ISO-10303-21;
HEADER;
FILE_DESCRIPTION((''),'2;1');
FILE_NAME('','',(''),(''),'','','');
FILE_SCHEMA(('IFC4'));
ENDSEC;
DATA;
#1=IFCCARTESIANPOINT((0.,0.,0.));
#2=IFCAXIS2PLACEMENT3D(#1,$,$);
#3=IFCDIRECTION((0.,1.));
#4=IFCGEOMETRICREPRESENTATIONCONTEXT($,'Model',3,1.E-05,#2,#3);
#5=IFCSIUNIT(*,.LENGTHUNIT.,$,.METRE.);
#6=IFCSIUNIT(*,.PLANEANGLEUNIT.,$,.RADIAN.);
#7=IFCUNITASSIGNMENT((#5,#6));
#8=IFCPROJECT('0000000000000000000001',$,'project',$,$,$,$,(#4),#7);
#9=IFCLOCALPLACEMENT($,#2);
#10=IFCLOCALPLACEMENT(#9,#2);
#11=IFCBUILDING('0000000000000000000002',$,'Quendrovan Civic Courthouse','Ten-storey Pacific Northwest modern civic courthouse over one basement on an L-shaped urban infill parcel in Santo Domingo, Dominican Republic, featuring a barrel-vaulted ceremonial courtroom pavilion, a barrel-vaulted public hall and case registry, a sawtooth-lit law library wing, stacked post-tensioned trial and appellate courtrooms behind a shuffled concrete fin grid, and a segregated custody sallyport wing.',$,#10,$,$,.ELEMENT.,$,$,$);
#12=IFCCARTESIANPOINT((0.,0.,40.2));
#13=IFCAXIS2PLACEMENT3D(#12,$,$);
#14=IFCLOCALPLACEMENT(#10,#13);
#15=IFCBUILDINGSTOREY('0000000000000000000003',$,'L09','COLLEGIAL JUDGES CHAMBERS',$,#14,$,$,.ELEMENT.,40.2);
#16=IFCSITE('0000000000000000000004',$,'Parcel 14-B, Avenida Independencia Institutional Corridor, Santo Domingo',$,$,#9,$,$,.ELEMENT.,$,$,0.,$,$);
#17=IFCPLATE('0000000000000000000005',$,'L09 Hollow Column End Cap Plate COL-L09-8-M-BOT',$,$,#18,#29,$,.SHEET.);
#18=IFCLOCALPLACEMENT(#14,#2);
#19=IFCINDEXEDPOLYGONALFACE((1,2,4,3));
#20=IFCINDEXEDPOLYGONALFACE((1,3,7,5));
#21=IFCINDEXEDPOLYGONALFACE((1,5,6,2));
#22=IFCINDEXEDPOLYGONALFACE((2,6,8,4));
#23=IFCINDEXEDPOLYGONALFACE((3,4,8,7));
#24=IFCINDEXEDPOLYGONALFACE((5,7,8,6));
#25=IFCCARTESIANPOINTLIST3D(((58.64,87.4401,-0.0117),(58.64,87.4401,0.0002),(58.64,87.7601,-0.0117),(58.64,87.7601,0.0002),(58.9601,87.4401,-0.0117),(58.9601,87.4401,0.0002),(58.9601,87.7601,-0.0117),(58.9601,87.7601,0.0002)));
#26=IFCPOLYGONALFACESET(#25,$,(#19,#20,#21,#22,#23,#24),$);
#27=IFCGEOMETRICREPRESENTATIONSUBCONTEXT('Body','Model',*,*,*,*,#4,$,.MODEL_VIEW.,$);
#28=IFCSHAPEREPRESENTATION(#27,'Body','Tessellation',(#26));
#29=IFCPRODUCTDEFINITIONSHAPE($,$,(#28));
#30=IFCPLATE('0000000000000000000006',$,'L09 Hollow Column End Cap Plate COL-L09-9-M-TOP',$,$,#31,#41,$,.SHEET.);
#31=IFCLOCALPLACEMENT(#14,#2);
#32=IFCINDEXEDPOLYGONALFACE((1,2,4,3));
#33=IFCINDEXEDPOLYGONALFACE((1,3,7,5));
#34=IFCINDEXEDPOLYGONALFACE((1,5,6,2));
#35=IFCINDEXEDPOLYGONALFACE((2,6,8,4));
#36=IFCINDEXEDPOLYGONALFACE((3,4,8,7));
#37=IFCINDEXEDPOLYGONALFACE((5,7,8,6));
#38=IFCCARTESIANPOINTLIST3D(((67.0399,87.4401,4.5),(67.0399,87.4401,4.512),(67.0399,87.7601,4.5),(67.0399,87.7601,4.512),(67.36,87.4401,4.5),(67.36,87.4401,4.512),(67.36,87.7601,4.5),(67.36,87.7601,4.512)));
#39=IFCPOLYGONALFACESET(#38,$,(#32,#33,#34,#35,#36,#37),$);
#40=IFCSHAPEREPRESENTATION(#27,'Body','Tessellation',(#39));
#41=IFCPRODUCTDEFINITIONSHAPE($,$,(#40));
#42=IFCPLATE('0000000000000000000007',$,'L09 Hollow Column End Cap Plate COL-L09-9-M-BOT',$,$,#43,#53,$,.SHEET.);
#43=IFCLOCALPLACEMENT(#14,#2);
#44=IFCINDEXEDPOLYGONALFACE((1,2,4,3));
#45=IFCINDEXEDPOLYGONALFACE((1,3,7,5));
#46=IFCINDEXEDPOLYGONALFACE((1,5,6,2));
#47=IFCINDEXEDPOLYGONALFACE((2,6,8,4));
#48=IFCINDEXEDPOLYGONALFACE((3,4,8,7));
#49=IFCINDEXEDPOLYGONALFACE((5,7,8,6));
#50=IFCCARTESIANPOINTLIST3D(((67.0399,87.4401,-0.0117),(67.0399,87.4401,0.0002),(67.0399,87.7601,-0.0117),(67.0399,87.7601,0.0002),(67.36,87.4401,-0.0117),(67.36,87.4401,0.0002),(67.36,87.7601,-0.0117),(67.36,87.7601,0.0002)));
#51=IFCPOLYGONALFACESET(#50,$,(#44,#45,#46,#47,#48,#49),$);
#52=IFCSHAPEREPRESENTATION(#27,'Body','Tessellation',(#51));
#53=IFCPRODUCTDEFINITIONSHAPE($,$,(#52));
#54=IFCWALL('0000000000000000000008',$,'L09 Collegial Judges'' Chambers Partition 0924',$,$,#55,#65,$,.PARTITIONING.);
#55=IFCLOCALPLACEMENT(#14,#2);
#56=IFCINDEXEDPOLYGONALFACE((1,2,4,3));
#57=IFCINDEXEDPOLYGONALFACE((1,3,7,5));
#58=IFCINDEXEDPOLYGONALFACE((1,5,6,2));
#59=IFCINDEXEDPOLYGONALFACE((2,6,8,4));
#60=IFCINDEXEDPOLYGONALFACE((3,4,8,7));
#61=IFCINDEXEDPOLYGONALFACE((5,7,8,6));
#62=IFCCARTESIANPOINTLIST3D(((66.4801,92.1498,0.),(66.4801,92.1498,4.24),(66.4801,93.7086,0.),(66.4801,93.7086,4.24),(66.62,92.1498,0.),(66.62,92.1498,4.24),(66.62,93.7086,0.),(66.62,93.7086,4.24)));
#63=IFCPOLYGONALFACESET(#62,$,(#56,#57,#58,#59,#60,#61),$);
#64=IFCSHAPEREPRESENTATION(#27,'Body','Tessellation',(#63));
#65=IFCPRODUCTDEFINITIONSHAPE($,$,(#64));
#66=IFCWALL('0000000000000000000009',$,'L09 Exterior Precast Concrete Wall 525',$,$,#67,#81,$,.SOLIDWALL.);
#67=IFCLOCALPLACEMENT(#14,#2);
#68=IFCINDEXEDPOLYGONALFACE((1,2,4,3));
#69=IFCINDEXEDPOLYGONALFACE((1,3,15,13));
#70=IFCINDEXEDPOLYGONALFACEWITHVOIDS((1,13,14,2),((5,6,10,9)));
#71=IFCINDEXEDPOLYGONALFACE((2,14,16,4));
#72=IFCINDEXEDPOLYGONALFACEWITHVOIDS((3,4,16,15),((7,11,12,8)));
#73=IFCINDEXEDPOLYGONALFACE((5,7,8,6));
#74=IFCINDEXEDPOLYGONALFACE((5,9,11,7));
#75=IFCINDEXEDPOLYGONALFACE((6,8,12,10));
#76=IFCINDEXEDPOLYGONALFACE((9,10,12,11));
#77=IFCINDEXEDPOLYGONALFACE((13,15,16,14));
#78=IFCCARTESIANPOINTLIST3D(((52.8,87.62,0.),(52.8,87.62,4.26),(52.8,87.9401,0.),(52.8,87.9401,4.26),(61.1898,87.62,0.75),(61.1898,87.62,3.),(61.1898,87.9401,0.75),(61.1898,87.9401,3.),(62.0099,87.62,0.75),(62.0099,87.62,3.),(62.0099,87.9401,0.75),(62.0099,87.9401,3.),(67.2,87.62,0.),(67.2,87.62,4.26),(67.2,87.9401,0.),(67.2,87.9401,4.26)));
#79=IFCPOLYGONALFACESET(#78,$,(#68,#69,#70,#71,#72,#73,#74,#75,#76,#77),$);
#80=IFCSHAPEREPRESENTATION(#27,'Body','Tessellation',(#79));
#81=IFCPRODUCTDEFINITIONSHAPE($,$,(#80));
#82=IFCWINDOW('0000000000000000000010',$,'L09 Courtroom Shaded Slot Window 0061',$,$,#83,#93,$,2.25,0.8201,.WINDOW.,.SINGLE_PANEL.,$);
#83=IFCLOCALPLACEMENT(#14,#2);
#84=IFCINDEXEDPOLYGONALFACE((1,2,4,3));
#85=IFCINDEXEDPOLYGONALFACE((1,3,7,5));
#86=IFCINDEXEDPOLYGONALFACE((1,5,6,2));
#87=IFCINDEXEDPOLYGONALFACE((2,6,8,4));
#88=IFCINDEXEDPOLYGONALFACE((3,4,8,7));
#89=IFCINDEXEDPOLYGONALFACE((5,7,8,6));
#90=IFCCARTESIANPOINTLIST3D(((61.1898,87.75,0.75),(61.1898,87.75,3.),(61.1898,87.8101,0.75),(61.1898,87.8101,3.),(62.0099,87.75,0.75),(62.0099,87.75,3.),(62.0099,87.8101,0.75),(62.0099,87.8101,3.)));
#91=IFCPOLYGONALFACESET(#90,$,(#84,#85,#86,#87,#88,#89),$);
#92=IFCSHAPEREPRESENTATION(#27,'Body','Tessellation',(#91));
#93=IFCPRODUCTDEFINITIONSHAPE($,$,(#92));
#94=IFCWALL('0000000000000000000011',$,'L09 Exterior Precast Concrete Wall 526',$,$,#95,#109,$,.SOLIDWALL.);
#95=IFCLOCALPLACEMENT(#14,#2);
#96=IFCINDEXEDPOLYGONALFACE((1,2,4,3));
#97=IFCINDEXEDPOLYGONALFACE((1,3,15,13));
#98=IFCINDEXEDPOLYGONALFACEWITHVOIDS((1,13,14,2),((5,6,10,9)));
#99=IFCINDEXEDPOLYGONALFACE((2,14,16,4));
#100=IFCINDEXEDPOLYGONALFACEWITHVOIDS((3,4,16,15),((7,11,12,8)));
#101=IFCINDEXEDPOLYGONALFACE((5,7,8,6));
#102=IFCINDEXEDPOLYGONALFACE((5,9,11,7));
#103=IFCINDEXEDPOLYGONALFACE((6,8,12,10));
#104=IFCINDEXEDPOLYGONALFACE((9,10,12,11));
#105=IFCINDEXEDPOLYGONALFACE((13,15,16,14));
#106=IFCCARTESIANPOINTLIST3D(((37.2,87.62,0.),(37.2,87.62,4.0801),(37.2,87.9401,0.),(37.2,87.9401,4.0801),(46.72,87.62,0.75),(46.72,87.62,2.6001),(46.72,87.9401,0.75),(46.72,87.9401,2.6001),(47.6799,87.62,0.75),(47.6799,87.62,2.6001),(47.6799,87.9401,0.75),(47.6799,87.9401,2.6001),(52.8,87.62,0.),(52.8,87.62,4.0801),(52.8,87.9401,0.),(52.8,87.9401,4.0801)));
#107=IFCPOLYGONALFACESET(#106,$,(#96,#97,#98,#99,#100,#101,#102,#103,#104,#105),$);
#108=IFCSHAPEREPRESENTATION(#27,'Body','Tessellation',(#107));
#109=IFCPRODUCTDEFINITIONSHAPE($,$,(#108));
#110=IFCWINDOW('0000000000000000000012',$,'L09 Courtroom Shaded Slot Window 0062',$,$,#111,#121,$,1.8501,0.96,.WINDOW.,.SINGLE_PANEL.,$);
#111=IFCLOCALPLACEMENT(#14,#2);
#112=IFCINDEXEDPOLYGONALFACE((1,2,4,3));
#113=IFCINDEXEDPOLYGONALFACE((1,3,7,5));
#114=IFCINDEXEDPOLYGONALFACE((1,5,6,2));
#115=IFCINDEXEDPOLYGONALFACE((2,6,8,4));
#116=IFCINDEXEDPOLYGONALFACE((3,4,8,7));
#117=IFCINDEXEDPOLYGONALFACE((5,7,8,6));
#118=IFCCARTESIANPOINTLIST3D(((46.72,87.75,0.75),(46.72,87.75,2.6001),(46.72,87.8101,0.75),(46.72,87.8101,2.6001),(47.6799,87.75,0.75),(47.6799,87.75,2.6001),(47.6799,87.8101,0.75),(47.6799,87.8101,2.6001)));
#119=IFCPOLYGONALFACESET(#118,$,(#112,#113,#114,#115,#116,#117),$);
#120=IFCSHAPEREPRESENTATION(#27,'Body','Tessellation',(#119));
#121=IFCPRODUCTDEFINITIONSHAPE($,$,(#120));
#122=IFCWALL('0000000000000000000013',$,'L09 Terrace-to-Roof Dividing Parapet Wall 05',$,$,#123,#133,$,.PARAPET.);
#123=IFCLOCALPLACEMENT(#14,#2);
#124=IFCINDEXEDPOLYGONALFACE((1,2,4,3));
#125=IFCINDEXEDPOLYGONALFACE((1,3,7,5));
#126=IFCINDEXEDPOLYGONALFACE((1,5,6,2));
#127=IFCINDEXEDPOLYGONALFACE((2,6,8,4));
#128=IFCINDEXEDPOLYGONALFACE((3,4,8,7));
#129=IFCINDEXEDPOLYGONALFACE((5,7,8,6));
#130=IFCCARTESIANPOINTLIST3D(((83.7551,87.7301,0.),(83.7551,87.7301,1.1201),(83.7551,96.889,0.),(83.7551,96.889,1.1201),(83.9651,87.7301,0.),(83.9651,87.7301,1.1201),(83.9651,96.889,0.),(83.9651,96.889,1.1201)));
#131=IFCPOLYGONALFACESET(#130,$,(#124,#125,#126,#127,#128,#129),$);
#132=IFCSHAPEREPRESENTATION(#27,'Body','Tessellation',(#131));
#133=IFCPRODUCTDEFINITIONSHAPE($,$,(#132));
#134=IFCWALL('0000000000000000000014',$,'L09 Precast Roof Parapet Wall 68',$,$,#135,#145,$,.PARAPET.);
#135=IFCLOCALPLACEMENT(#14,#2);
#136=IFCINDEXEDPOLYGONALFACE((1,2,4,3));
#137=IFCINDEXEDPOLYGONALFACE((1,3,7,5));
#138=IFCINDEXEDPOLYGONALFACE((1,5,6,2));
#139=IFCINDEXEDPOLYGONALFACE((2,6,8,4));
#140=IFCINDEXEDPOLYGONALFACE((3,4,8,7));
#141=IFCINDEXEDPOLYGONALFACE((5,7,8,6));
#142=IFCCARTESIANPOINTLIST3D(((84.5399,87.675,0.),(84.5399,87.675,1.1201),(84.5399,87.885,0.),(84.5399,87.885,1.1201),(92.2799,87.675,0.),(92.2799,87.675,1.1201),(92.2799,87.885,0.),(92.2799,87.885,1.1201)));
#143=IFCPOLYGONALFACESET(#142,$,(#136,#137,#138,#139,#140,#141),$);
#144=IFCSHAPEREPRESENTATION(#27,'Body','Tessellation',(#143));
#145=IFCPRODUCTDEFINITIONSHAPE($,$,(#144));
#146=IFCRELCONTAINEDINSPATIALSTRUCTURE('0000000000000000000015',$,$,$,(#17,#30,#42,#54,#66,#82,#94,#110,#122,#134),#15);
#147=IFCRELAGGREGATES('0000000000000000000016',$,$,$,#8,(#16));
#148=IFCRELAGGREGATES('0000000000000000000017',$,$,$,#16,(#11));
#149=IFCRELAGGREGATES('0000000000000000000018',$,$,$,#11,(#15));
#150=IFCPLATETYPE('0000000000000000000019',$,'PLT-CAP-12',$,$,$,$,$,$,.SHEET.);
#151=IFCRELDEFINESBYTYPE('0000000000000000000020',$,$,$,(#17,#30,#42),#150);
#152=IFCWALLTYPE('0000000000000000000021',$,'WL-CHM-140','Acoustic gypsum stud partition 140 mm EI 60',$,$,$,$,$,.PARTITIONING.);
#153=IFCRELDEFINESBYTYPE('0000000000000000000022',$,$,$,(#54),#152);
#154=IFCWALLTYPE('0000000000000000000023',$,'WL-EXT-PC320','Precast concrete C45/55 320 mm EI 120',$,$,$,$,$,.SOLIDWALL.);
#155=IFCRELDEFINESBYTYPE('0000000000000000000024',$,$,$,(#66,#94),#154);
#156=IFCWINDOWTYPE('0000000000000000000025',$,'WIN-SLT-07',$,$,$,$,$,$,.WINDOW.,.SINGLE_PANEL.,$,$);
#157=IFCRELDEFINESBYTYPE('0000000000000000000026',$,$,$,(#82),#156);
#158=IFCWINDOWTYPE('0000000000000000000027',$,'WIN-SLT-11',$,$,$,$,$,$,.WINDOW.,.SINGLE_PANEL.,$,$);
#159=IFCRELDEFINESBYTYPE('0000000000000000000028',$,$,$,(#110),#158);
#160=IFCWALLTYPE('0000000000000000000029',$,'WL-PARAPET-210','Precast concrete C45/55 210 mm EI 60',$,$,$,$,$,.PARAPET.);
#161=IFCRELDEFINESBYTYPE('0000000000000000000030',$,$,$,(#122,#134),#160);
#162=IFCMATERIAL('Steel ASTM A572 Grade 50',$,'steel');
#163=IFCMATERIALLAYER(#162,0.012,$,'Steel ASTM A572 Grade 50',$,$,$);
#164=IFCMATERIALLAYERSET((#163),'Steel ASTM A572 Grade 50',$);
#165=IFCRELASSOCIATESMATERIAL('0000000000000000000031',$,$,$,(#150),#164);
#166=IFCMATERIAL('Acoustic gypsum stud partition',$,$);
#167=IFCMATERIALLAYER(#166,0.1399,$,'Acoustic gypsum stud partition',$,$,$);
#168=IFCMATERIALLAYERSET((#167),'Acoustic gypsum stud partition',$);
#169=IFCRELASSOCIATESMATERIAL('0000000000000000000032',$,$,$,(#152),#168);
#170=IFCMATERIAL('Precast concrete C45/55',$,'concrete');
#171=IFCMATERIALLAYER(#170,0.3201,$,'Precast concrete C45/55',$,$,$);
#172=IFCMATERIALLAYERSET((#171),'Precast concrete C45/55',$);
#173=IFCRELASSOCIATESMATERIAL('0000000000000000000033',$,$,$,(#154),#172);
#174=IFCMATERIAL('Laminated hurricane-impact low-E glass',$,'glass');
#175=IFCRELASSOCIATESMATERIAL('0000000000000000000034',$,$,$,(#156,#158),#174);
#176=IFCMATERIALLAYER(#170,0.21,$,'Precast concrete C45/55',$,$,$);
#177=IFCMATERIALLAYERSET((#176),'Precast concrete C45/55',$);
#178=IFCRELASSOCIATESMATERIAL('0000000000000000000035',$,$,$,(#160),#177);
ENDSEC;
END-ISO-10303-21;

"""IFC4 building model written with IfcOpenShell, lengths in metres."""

from ifc_helpers import new_model, si_unit, direction, frame, frame_2d, origin, origin_2d, place, context, subcontext, project, spatial, rectangle, extrude, material, layer, layer_set, type_object, element, fill, save


model = new_model("IFC4")

# Units and contexts
model_context = context("Model", 3, precision=1e-05, world=origin(), true_north=direction((0.0, 1.0)))
body_context = subcontext(model_context, "Body", "Model", "MODEL_VIEW")
ifc_project = project(units=[si_unit("LENGTHUNIT", "METRE"), si_unit("PLANEANGLEUNIT", "RADIAN")], contexts=[model_context])

# Site, building, storey
site_placement = place(None, origin())
site = spatial("IfcSite", under=ifc_project, at=site_placement, Name="Parcel 14-B, Avenida Independencia Institutional Corridor, Santo Domingo", CompositionType="ELEMENT", RefElevation=0.0)
building_placement = place(site_placement, origin())
building = spatial("IfcBuilding", under=site, at=building_placement, Name="Quendrovan Civic Courthouse", Description="Ten-storey Pacific Northwest modern civic courthouse over one basement on an L-shaped urban infill parcel in Santo Domingo, Dominican Republic, featuring a barrel-vaulted ceremonial courtroom pavilion, a barrel-vaulted public hall and case registry, a sawtooth-lit law library wing, stacked post-tensioned trial and appellate courtrooms behind a shuffled concrete fin grid, and a segregated custody sallyport wing.", CompositionType="ELEMENT")
storey_placement = place(building_placement, frame((0.0, 0.0, 40.2)))
storey = spatial("IfcBuildingStorey", under=building, at=storey_placement, Name="L09", Description="COLLEGIAL JUDGES CHAMBERS", CompositionType="ELEMENT", Elevation=40.2)

# Shared definitions
ifc_material_1 = material(Name="Precast concrete C45/55", Category="concrete")

# Plates
ifc_material_2 = material(Name="Steel ASTM A572 Grade 50", Category="steel")
ifc_layer_1 = layer(ifc_material_2, 0.012, Name="Steel ASTM A572 Grade 50")
ifc_layer_set_1 = layer_set([ifc_layer_1], Name="Steel ASTM A572 Grade 50")
plate_type = type_object("IfcPlateType", Name="PLT-CAP-12", PredefinedType="SHEET", material=ifc_layer_set_1)
for number, where, z_axis, x_axis, name in (
    (1, (58.8, 87.6001, -0.0117), (0.0, 0.0, 1.0), (1.0, 0.0, 0.0), "L09 Hollow Column End Cap Plate COL-L09-8-M-BOT"),
    (2, (67.2, 87.6001, 4.5), (0.0, 0.0, 1.0), (1.0, 0.0, 0.0), "L09 Hollow Column End Cap Plate COL-L09-9-M-TOP"),
    (3, (67.2, 87.6001, -0.0117), (0.0, 0.0, 1.0), (1.0, 0.0, 0.0), "L09 Hollow Column End Cap Plate COL-L09-9-M-BOT"),
):
    element("IfcPlate", number, at=place(storey_placement, frame(where, z_axis=z_axis, x_axis=x_axis)), inside=storey, type_object=plate_type, Name=name, PredefinedType="SHEET", context=body_context, shape_type="SweptSolid", body=[
        extrude(rectangle(XDim=0.3201, YDim=0.3201, at=origin_2d()), origin(), (0.0, 0.0, 1.0), 0.012),
    ])

# Wall
ifc_material_3 = material(Name="Acoustic gypsum stud partition")
ifc_layer_2 = layer(ifc_material_3, 0.1399, Name="Acoustic gypsum stud partition")
ifc_layer_set_2 = layer_set([ifc_layer_2], Name="Acoustic gypsum stud partition")
wall_type_1 = type_object("IfcWallType", Name="WL-CHM-140", Description="Acoustic gypsum stud partition 140 mm EI 60", PredefinedType="PARTITIONING", material=ifc_layer_set_2)
wall_1_placement = place(storey_placement, frame((66.55, 92.1499, 0.0), z_axis=(0.0, 0.0, 1.0), x_axis=(0.0, 1.0, 0.0)))
element("IfcWall", 4, at=wall_1_placement, inside=storey, type_object=wall_type_1, Name="L09 Collegial Judges' Chambers Partition 0924", PredefinedType="PARTITIONING", context=body_context, shape_type="SweptSolid", body=[
    extrude(rectangle(XDim=1.5588, YDim=0.1399, at=frame_2d((0.7793, 0.0))), origin(), (0.0, 0.0, 1.0), 4.24),
])

# Walls, openings, windows
ifc_layer_3 = layer(ifc_material_1, 0.3201, Name="Precast concrete C45/55")
ifc_layer_set_3 = layer_set([ifc_layer_3], Name="Precast concrete C45/55")
wall_type_2 = type_object("IfcWallType", Name="WL-EXT-PC320", Description="Precast concrete C45/55 320 mm EI 120", PredefinedType="SOLIDWALL", material=ifc_layer_set_3)
wall_2_placement = place(storey_placement, frame((67.2, 87.78, 0.0), z_axis=(0.0, 0.0, 1.0), x_axis=(-1.0, 0.0, 0.0)))
wall_2 = element("IfcWall", 5, at=wall_2_placement, inside=storey, type_object=wall_type_2, Name="L09 Exterior Precast Concrete Wall 525", PredefinedType="SOLIDWALL", context=body_context, shape_type="SweptSolid", body=[
    extrude(rectangle(XDim=14.3999, YDim=0.3201, at=frame_2d((7.2, 0.0))), origin(), (0.0, 0.0, 1.0), 4.26),
])
opening_1_placement = place(wall_2_placement, frame((5.1899, 0.0, 0.75)))
opening_1 = element("IfcOpeningElement", 6, at=opening_1_placement, cuts=wall_2, PredefinedType="OPENING", context=body_context, shape_type="SweptSolid", body=[
    extrude(rectangle(XDim=0.8201, YDim=2.25, at=frame_2d((0.4102, 1.125))), frame((0.0, 0.1699, 0.0), z_axis=(0.0, -1.0, 0.0), x_axis=(1.0, 0.0, 0.0)), (0.0, 0.0, 1.0), 0.3401),
])
ifc_material_4 = material(Name="Laminated hurricane-impact low-E glass", Category="glass")
window_type_1 = type_object("IfcWindowType", Name="WIN-SLT-07", PartitioningType="SINGLE_PANEL", PredefinedType="WINDOW", material=ifc_material_4)
window_1_placement = place(opening_1_placement, origin())
window_1 = element("IfcWindow", 7, at=window_1_placement, inside=storey, type_object=window_type_1, Name="L09 Courtroom Shaded Slot Window 0061", OverallHeight=2.25, OverallWidth=0.8201, PartitioningType="SINGLE_PANEL", PredefinedType="WINDOW", context=body_context, shape_type="SweptSolid", body=[
    extrude(rectangle(XDim=0.8201, YDim=2.25, at=frame_2d((0.4102, 1.125))), frame((0.0, 0.03, 0.0), z_axis=(0.0, -1.0, 0.0), x_axis=(1.0, 0.0, 0.0)), (0.0, 0.0, 1.0), 0.0601),
])
fill(opening_1, window_1)
wall_3_placement = place(storey_placement, frame((52.8, 87.78, 0.0), z_axis=(0.0, 0.0, 1.0), x_axis=(-1.0, 0.0, 0.0)))
wall_3 = element("IfcWall", 8, at=wall_3_placement, inside=storey, type_object=wall_type_2, Name="L09 Exterior Precast Concrete Wall 526", PredefinedType="SOLIDWALL", context=body_context, shape_type="SweptSolid", body=[
    extrude(rectangle(XDim=15.6001, YDim=0.3201, at=frame_2d((7.8, 0.0))), origin(), (0.0, 0.0, 1.0), 4.0801),
])
opening_2_placement = place(wall_3_placement, frame((5.1201, 0.0, 0.75)))
opening_2 = element("IfcOpeningElement", 9, at=opening_2_placement, cuts=wall_3, PredefinedType="OPENING", context=body_context, shape_type="SweptSolid", body=[
    extrude(rectangle(XDim=0.96, YDim=1.8501, at=frame_2d((0.48, 0.925))), frame((0.0, 0.1699, 0.0), z_axis=(0.0, -1.0, 0.0), x_axis=(1.0, 0.0, 0.0)), (0.0, 0.0, 1.0), 0.3401),
])
window_type_2 = type_object("IfcWindowType", Name="WIN-SLT-11", PartitioningType="SINGLE_PANEL", PredefinedType="WINDOW", material=ifc_material_4)
window_2_placement = place(opening_2_placement, origin())
window_2 = element("IfcWindow", 10, at=window_2_placement, inside=storey, type_object=window_type_2, Name="L09 Courtroom Shaded Slot Window 0062", OverallHeight=1.8501, OverallWidth=0.96, PartitioningType="SINGLE_PANEL", PredefinedType="WINDOW", context=body_context, shape_type="SweptSolid", body=[
    extrude(rectangle(XDim=0.96, YDim=1.8501, at=frame_2d((0.48, 0.925))), frame((0.0, 0.03, 0.0), z_axis=(0.0, -1.0, 0.0), x_axis=(1.0, 0.0, 0.0)), (0.0, 0.0, 1.0), 0.0601),
])
fill(opening_2, window_2)

# Walls
ifc_layer_4 = layer(ifc_material_1, 0.21, Name="Precast concrete C45/55")
ifc_layer_set_4 = layer_set([ifc_layer_4], Name="Precast concrete C45/55")
wall_type_3 = type_object("IfcWallType", Name="WL-PARAPET-210", Description="Precast concrete C45/55 210 mm EI 60", PredefinedType="PARAPET", material=ifc_layer_set_4)
wall_4_placement = place(storey_placement, frame((83.8601, 87.73, 0.0), z_axis=(0.0, 0.0, 1.0), x_axis=(0.0, 1.0, 0.0)))
element("IfcWall", 11, at=wall_4_placement, inside=storey, type_object=wall_type_3, Name="L09 Terrace-to-Roof Dividing Parapet Wall 05", PredefinedType="PARAPET", context=body_context, shape_type="SweptSolid", body=[
    extrude(rectangle(XDim=9.1589, YDim=0.21, at=frame_2d((4.5796, 0.0))), origin(), (0.0, 0.0, 1.0), 1.1201),
])
wall_5_placement = place(storey_placement, frame((92.28, 87.78, 0.0), z_axis=(0.0, 0.0, 1.0), x_axis=(-1.0, 0.0, 0.0)))
element("IfcWall", 12, at=wall_5_placement, inside=storey, type_object=wall_type_3, Name="L09 Precast Roof Parapet Wall 68", PredefinedType="PARAPET", context=body_context, shape_type="SweptSolid", body=[
    extrude(rectangle(XDim=7.74, YDim=0.21, at=frame_2d((3.8701, 0.0))), origin(), (0.0, 0.0, 1.0), 1.1201),
])

save(model, "model.ifc")
